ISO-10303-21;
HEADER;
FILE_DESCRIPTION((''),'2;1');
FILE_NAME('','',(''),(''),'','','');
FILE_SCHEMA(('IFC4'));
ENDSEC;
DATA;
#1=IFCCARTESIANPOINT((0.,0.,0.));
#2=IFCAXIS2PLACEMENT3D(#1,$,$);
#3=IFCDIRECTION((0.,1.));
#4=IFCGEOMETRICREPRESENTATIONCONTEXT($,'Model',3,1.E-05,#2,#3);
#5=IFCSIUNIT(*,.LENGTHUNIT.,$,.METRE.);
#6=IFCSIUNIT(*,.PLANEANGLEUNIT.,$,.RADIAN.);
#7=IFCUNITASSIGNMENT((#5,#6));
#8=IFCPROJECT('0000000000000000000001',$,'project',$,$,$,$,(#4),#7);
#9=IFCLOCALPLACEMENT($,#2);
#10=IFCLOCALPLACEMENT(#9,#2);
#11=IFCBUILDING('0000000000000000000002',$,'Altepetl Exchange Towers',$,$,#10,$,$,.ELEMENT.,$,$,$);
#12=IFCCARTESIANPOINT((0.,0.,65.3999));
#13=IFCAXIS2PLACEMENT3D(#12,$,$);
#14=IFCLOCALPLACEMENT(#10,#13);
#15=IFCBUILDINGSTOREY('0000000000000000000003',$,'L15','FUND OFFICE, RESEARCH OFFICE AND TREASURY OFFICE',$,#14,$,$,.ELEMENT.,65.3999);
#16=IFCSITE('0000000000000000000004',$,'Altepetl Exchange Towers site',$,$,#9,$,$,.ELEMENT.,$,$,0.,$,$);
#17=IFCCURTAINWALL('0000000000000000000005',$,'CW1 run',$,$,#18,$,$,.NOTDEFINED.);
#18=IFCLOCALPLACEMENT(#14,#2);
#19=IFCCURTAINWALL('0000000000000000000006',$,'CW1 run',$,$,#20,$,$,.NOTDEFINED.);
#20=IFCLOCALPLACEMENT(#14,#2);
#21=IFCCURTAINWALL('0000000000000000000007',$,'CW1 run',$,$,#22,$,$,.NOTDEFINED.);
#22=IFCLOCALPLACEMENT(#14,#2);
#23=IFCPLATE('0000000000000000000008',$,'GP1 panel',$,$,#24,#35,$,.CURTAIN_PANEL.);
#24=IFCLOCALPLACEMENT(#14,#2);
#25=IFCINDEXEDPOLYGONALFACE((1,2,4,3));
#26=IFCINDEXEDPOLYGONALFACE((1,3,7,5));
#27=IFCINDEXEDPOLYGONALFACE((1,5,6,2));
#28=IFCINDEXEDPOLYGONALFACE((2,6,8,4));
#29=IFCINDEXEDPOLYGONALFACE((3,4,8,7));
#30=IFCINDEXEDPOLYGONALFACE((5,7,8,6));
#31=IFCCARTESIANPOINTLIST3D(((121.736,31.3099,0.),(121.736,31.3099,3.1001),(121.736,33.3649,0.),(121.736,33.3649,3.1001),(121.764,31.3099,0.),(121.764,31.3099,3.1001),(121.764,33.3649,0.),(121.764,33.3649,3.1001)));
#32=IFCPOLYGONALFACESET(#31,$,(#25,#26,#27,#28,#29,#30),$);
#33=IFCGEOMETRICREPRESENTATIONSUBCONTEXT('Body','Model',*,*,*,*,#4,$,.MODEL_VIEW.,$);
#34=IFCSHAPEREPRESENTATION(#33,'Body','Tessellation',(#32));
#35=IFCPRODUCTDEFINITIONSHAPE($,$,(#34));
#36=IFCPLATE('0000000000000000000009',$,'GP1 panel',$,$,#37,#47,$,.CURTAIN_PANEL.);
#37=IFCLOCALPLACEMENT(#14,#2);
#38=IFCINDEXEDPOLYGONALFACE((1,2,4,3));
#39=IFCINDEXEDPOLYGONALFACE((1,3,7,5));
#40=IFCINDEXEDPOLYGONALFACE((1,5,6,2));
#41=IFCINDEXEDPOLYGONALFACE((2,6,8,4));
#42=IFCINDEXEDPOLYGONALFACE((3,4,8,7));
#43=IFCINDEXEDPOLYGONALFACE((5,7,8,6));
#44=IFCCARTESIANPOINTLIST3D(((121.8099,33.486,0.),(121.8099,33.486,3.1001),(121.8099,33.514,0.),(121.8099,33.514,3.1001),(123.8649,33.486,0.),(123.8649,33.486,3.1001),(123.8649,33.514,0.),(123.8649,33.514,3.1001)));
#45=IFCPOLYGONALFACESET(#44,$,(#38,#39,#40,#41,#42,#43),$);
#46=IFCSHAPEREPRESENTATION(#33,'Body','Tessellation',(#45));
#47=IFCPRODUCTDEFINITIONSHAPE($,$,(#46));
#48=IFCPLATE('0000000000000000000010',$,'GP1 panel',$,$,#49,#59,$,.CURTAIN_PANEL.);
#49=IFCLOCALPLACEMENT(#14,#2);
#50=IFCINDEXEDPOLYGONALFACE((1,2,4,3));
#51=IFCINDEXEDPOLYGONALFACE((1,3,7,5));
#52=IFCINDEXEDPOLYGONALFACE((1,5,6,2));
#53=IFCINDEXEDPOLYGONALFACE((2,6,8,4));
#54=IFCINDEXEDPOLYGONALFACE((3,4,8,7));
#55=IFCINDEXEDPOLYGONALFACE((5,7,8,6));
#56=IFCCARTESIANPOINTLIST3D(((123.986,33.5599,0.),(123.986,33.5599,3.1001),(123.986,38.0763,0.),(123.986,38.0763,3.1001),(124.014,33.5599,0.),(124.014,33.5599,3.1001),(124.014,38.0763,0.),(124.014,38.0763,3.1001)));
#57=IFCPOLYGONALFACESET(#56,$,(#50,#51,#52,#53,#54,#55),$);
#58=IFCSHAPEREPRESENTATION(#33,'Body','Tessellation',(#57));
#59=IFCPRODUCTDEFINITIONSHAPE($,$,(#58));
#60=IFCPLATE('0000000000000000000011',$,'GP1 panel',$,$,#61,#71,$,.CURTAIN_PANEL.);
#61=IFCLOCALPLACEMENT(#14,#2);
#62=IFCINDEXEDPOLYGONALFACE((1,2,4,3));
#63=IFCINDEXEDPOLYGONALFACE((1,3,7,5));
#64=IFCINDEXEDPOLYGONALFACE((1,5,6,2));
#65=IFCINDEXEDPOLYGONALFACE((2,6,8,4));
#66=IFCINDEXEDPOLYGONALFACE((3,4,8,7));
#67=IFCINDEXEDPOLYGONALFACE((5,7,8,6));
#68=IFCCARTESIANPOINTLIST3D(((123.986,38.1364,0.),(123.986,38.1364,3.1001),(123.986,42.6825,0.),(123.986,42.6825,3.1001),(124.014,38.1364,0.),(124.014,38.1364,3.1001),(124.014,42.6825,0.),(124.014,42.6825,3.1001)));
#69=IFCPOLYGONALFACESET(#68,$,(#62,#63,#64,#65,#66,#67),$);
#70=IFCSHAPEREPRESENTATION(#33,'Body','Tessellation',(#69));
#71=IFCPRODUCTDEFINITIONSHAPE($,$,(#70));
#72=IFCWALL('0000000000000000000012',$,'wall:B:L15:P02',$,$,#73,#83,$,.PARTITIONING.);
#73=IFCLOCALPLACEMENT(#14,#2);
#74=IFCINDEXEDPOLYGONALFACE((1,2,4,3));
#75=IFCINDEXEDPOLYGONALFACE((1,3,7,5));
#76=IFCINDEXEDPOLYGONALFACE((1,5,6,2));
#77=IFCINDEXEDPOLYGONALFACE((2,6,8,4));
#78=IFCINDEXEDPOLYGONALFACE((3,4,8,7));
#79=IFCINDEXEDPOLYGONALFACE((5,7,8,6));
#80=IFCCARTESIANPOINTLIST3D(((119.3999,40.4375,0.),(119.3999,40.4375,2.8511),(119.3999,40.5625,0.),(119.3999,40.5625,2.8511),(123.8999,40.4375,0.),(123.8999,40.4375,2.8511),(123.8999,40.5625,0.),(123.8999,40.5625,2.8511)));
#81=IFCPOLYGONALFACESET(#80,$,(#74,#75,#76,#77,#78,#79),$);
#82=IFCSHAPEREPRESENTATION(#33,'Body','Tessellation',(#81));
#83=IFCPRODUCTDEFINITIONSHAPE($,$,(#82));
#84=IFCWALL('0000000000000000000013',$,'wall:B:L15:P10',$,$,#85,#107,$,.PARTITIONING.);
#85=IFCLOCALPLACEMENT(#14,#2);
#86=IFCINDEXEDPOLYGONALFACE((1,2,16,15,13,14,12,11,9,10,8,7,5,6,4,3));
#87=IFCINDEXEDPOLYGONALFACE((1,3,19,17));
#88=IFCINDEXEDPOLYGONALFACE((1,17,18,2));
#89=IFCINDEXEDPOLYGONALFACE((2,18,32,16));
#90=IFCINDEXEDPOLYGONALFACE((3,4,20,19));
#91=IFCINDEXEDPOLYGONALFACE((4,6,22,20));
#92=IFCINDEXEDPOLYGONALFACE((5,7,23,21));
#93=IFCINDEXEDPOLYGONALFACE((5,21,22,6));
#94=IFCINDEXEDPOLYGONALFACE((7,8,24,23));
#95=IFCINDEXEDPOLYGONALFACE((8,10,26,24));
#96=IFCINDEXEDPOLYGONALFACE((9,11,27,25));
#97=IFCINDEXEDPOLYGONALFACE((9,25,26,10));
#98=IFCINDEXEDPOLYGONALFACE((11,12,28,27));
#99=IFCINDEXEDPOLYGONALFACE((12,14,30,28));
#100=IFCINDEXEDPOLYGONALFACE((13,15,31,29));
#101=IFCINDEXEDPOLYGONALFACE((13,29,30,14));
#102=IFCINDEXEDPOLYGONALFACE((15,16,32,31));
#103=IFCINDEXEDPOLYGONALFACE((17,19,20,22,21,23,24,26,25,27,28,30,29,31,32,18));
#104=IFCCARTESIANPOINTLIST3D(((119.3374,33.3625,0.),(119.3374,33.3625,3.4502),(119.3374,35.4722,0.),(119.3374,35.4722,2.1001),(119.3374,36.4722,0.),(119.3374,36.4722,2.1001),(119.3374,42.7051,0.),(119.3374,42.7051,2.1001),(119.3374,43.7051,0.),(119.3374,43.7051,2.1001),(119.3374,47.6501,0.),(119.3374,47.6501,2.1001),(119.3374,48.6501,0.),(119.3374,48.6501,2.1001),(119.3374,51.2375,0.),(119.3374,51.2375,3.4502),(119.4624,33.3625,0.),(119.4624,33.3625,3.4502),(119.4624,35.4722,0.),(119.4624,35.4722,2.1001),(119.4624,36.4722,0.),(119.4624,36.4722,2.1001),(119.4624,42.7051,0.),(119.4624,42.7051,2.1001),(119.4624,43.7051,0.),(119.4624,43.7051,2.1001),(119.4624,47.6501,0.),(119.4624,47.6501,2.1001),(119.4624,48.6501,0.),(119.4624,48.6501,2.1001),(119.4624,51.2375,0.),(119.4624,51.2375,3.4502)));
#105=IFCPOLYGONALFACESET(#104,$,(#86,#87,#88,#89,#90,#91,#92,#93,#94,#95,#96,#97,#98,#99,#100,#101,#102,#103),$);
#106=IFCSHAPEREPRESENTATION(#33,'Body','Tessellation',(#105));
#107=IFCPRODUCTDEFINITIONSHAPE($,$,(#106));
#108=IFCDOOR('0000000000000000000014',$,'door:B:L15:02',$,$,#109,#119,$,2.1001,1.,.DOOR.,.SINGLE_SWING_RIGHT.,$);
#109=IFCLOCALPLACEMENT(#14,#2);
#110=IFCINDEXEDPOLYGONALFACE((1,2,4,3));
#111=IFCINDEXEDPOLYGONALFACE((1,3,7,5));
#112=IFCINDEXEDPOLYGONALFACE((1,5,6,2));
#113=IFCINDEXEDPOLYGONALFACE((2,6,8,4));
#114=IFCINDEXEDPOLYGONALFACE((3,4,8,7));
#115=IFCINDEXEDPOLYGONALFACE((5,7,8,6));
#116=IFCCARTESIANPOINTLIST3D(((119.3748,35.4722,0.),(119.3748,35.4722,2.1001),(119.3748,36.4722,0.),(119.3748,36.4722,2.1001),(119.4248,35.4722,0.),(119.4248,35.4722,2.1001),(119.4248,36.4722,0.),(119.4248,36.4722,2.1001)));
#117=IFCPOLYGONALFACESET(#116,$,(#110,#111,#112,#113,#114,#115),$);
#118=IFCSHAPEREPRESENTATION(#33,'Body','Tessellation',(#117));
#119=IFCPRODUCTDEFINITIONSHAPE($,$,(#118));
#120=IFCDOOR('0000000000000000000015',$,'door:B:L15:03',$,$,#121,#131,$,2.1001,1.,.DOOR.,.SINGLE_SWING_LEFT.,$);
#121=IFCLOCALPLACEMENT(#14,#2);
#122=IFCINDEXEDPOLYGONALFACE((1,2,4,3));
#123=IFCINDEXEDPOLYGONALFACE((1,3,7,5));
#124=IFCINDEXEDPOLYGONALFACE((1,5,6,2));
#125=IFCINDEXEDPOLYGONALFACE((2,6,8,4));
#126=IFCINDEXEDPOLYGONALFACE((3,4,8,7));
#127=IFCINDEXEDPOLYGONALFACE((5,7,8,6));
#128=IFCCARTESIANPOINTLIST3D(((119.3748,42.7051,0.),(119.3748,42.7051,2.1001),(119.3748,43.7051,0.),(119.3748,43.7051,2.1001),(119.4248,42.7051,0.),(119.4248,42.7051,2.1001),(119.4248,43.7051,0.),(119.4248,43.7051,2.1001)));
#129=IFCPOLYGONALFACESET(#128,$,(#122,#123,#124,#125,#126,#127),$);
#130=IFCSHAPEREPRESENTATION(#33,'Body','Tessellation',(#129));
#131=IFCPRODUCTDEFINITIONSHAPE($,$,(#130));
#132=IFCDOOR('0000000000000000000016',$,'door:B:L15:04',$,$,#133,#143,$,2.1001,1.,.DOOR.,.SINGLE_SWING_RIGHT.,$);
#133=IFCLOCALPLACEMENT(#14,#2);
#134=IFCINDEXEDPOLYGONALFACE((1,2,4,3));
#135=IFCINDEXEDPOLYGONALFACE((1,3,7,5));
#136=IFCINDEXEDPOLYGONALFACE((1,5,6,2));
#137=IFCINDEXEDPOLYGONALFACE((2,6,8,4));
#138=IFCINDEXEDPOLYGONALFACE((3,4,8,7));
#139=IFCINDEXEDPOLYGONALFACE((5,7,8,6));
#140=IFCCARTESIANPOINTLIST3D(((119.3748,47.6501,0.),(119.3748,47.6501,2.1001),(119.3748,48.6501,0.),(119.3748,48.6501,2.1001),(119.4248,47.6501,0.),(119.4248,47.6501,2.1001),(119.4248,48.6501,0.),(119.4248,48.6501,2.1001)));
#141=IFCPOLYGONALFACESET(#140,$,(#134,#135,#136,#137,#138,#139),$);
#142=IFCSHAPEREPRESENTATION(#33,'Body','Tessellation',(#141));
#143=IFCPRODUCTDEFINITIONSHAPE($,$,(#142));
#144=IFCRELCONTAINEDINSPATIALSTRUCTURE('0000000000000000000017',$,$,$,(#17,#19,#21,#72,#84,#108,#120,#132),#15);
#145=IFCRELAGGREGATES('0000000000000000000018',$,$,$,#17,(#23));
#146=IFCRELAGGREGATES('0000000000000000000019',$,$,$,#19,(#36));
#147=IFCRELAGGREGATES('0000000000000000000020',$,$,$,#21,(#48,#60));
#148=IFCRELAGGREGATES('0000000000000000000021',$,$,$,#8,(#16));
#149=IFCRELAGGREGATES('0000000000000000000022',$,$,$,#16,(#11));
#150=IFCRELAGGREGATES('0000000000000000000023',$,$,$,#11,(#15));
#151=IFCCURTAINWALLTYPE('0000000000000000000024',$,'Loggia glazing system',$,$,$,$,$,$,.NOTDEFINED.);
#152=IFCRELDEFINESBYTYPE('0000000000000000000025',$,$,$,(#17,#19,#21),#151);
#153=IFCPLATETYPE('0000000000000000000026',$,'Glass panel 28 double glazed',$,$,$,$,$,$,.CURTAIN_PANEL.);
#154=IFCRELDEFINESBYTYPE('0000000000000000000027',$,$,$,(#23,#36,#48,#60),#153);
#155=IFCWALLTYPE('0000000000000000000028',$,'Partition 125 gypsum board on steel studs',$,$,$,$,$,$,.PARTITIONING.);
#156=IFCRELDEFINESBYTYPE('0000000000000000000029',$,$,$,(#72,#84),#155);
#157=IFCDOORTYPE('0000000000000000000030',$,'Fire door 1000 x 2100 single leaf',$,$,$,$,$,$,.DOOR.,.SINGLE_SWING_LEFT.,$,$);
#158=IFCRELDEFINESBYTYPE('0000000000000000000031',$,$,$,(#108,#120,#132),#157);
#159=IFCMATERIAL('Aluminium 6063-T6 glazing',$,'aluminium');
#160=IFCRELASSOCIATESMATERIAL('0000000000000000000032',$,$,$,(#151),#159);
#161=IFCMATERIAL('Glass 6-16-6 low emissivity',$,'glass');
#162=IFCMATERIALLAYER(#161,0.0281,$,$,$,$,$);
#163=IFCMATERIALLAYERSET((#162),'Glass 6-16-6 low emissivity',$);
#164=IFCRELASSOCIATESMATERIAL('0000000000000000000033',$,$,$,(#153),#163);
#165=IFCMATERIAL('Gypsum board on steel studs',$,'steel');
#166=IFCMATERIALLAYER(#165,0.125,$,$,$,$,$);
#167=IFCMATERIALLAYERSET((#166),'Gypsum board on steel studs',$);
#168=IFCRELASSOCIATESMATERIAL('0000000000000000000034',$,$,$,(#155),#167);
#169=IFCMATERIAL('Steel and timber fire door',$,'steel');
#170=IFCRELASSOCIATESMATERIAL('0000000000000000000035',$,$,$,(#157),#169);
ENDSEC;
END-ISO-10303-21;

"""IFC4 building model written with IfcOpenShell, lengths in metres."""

from ifc_helpers import new_model, si_unit, direction, frame, frame_2d, origin, origin_2d, place, context, subcontext, project, spatial, rectangle, extrude, material, layer, layer_set, type_object, element, fill, aggregate, save


model = new_model("IFC4")

# Units and contexts
model_context = context("Model", 3, precision=1e-05, world=origin(), true_north=direction((0.0, 1.0)))
body_context = subcontext(model_context, "Body", "Model", "MODEL_VIEW")
ifc_project = project(units=[si_unit("LENGTHUNIT", "METRE"), si_unit("PLANEANGLEUNIT", "RADIAN")], contexts=[model_context])

# Site, building, storey
site_placement = place(None, origin())
site = spatial("IfcSite", under=ifc_project, at=site_placement, Name="Altepetl Exchange Towers site", CompositionType="ELEMENT", RefElevation=0.0)
building_placement = place(site_placement, origin())
building = spatial("IfcBuilding", under=site, at=building_placement, Name="Altepetl Exchange Towers", CompositionType="ELEMENT")
storey_placement = place(building_placement, frame((0.0, 0.0, 65.3999)))
storey = spatial("IfcBuildingStorey", under=building, at=storey_placement, Name="L15", Description="FUND OFFICE, RESEARCH OFFICE AND TREASURY OFFICE", CompositionType="ELEMENT", Elevation=65.3999)

# Curtain wall
ifc_material_1 = material(Name="Aluminium 6063-T6 glazing", Category="aluminium")
curtain_wall_type = type_object("IfcCurtainWallType", Name="Loggia glazing system", PredefinedType="NOTDEFINED", material=ifc_material_1)
curtain_wall_1_placement = place(storey_placement, origin())
curtain_wall_1 = element("IfcCurtainWall", 1, at=curtain_wall_1_placement, inside=storey, type_object=curtain_wall_type, Name="CW1 run", PredefinedType="NOTDEFINED")

# Curtain walls
curtain_wall_2_placement = place(storey_placement, origin())
curtain_wall_2 = element("IfcCurtainWall", 2, at=curtain_wall_2_placement, inside=storey, type_object=curtain_wall_type, Name="CW1 run", PredefinedType="NOTDEFINED")
curtain_wall_3_placement = place(storey_placement, origin())
curtain_wall_3 = element("IfcCurtainWall", 3, at=curtain_wall_3_placement, inside=storey, type_object=curtain_wall_type, Name="CW1 run", PredefinedType="NOTDEFINED")

# Plates
ifc_material_2 = material(Name="Glass 6-16-6 low emissivity", Category="glass")
ifc_layer_1 = layer(ifc_material_2, 0.0281)
ifc_layer_set_1 = layer_set([ifc_layer_1], Name="Glass 6-16-6 low emissivity")
plate_type = type_object("IfcPlateType", Name="Glass panel 28 double glazed", PredefinedType="CURTAIN_PANEL", material=ifc_layer_set_1)
plate_1_placement = place(storey_placement, frame((121.75, 32.3374, 0.0), z_axis=(0.0, 0.0, 1.0), x_axis=(0.0, 1.0, 0.0)))
plate_1 = element("IfcPlate", 4, at=plate_1_placement, type_object=plate_type, Name="GP1 panel", PredefinedType="CURTAIN_PANEL", context=body_context, shape_type="SweptSolid", body=[
    extrude(rectangle(XDim=2.0549, YDim=0.0281, at=origin_2d()), origin(), (0.0, 0.0, 1.0), 3.1001),
])
aggregate(curtain_wall_1, [plate_1])
plate_2_placement = place(storey_placement, frame((122.8374, 33.5, 0.0)))
plate_2 = element("IfcPlate", 5, at=plate_2_placement, type_object=plate_type, Name="GP1 panel", PredefinedType="CURTAIN_PANEL", context=body_context, shape_type="SweptSolid", body=[
    extrude(rectangle(XDim=2.0549, YDim=0.0281, at=origin_2d()), origin(), (0.0, 0.0, 1.0), 3.1001),
])
aggregate(curtain_wall_2, [plate_2])
plate_3_placement = place(storey_placement, frame((124.0, 35.8181, 0.0), z_axis=(0.0, 0.0, 1.0), x_axis=(0.0, 1.0, 0.0)))
plate_3 = element("IfcPlate", 6, at=plate_3_placement, type_object=plate_type, Name="GP1 panel", PredefinedType="CURTAIN_PANEL", context=body_context, shape_type="SweptSolid", body=[
    extrude(rectangle(XDim=4.5164, YDim=0.0281, at=origin_2d()), origin(), (0.0, 0.0, 1.0), 3.1001),
])
plate_4_placement = place(storey_placement, frame((124.0, 40.4094, 0.0), z_axis=(0.0, 0.0, 1.0), x_axis=(0.0, 1.0, 0.0)))
plate_4 = element("IfcPlate", 7, at=plate_4_placement, type_object=plate_type, Name="GP1 panel", PredefinedType="CURTAIN_PANEL", context=body_context, shape_type="SweptSolid", body=[
    extrude(rectangle(XDim=4.5461, YDim=0.0281, at=origin_2d()), origin(), (0.0, 0.0, 1.0), 3.1001),
])
aggregate(curtain_wall_3, [plate_3, plate_4])

# Wall
ifc_material_3 = material(Name="Gypsum board on steel studs", Category="steel")
ifc_layer_2 = layer(ifc_material_3, 0.125)
ifc_layer_set_2 = layer_set([ifc_layer_2], Name="Gypsum board on steel studs")
wall_type = type_object("IfcWallType", Name="Partition 125 gypsum board on steel studs", PredefinedType="PARTITIONING", material=ifc_layer_set_2)
wall_1_placement = place(storey_placement, frame((119.3999, 40.5, 0.0)))
element("IfcWall", 8, at=wall_1_placement, inside=storey, type_object=wall_type, Name="wall:B:L15:P02", PredefinedType="PARTITIONING", context=body_context, shape_type="SweptSolid", body=[
    extrude(rectangle(XDim=4.5, YDim=0.125, at=frame_2d((2.25, 0.0))), origin(), (0.0, 0.0, 1.0), 2.8511),
])

# Wall, openings, doors
wall_2_placement = place(storey_placement, frame((119.3999, 33.3625, 0.0), z_axis=(0.0, 0.0, 1.0), x_axis=(0.0, 1.0, 0.0)))
wall_2 = element("IfcWall", 9, at=wall_2_placement, inside=storey, type_object=wall_type, Name="wall:B:L15:P10", PredefinedType="PARTITIONING", context=body_context, shape_type="SweptSolid", body=[
    extrude(rectangle(XDim=17.875, YDim=0.125, at=frame_2d((8.9375, 0.0))), origin(), (0.0, 0.0, 1.0), 3.4502),
])
opening_1_placement = place(wall_2_placement, frame((2.1096, 0.0, 0.0)))
opening_1 = element("IfcOpeningElement", 10, at=opening_1_placement, cuts=wall_2, PredefinedType="OPENING", context=body_context, shape_type="SweptSolid", body=[
    extrude(rectangle(XDim=1.0, YDim=2.1001, at=frame_2d((0.5, 1.05))), frame((0.0, 0.0725, 0.0), z_axis=(0.0, -1.0, 0.0), x_axis=(1.0, 0.0, 0.0)), (0.0, 0.0, 1.0), 0.145),
])
opening_2_placement = place(wall_2_placement, frame((9.3425, 0.0, 0.0)))
opening_2 = element("IfcOpeningElement", 11, at=opening_2_placement, cuts=wall_2, PredefinedType="OPENING", context=body_context, shape_type="SweptSolid", body=[
    extrude(rectangle(XDim=1.0, YDim=2.1001, at=frame_2d((0.5, 1.05))), frame((0.0, 0.0725, 0.0), z_axis=(0.0, -1.0, 0.0), x_axis=(1.0, 0.0, 0.0)), (0.0, 0.0, 1.0), 0.145),
])
opening_3_placement = place(wall_2_placement, frame((14.2876, 0.0, 0.0)))
opening_3 = element("IfcOpeningElement", 12, at=opening_3_placement, cuts=wall_2, PredefinedType="OPENING", context=body_context, shape_type="SweptSolid", body=[
    extrude(rectangle(XDim=1.0, YDim=2.1001, at=frame_2d((0.5, 1.05))), frame((0.0, 0.0725, 0.0), z_axis=(0.0, -1.0, 0.0), x_axis=(1.0, 0.0, 0.0)), (0.0, 0.0, 1.0), 0.145),
])
ifc_material_4 = material(Name="Steel and timber fire door", Category="steel")
door_type = type_object("IfcDoorType", Name="Fire door 1000 x 2100 single leaf", OperationType="SINGLE_SWING_LEFT", PredefinedType="DOOR", material=ifc_material_4)
door_1_placement = place(opening_1_placement, frame((1.0, 0.0, 0.0), x_axis=(-1.0, 0.0, 0.0)))
door_1 = element("IfcDoor", 13, at=door_1_placement, inside=storey, type_object=door_type, Name="door:B:L15:02", OperationType="SINGLE_SWING_RIGHT", OverallHeight=2.1001, OverallWidth=1.0, PredefinedType="DOOR", context=body_context, shape_type="SweptSolid", body=[
    extrude(rectangle(XDim=1.0, YDim=2.1001, at=frame_2d((0.5, 1.05))), frame((0.0, 0.0249, 0.0), z_axis=(0.0, -1.0, 0.0), x_axis=(1.0, 0.0, 0.0)), (0.0, 0.0, 1.0), 0.05),
])
fill(opening_1, door_1)
door_2_placement = place(opening_2_placement, frame((1.0, 0.0, 0.0), x_axis=(-1.0, 0.0, 0.0)))
door_2 = element("IfcDoor", 14, at=door_2_placement, inside=storey, type_object=door_type, Name="door:B:L15:03", OperationType="SINGLE_SWING_LEFT", OverallHeight=2.1001, OverallWidth=1.0, PredefinedType="DOOR", context=body_context, shape_type="SweptSolid", body=[
    extrude(rectangle(XDim=1.0, YDim=2.1001, at=frame_2d((0.5, 1.05))), frame((0.0, 0.0249, 0.0), z_axis=(0.0, -1.0, 0.0), x_axis=(1.0, 0.0, 0.0)), (0.0, 0.0, 1.0), 0.05),
])
fill(opening_2, door_2)
door_3_placement = place(opening_3_placement, frame((1.0, 0.0, 0.0), x_axis=(-1.0, 0.0, 0.0)))
door_3 = element("IfcDoor", 15, at=door_3_placement, inside=storey, type_object=door_type, Name="door:B:L15:04", OperationType="SINGLE_SWING_RIGHT", OverallHeight=2.1001, OverallWidth=1.0, PredefinedType="DOOR", context=body_context, shape_type="SweptSolid", body=[
    extrude(rectangle(XDim=1.0, YDim=2.1001, at=frame_2d((0.5, 1.05))), frame((0.0, 0.0249, 0.0), z_axis=(0.0, -1.0, 0.0), x_axis=(1.0, 0.0, 0.0)), (0.0, 0.0, 1.0), 0.05),
])
fill(opening_3, door_3)

save(model, "model.ifc")
